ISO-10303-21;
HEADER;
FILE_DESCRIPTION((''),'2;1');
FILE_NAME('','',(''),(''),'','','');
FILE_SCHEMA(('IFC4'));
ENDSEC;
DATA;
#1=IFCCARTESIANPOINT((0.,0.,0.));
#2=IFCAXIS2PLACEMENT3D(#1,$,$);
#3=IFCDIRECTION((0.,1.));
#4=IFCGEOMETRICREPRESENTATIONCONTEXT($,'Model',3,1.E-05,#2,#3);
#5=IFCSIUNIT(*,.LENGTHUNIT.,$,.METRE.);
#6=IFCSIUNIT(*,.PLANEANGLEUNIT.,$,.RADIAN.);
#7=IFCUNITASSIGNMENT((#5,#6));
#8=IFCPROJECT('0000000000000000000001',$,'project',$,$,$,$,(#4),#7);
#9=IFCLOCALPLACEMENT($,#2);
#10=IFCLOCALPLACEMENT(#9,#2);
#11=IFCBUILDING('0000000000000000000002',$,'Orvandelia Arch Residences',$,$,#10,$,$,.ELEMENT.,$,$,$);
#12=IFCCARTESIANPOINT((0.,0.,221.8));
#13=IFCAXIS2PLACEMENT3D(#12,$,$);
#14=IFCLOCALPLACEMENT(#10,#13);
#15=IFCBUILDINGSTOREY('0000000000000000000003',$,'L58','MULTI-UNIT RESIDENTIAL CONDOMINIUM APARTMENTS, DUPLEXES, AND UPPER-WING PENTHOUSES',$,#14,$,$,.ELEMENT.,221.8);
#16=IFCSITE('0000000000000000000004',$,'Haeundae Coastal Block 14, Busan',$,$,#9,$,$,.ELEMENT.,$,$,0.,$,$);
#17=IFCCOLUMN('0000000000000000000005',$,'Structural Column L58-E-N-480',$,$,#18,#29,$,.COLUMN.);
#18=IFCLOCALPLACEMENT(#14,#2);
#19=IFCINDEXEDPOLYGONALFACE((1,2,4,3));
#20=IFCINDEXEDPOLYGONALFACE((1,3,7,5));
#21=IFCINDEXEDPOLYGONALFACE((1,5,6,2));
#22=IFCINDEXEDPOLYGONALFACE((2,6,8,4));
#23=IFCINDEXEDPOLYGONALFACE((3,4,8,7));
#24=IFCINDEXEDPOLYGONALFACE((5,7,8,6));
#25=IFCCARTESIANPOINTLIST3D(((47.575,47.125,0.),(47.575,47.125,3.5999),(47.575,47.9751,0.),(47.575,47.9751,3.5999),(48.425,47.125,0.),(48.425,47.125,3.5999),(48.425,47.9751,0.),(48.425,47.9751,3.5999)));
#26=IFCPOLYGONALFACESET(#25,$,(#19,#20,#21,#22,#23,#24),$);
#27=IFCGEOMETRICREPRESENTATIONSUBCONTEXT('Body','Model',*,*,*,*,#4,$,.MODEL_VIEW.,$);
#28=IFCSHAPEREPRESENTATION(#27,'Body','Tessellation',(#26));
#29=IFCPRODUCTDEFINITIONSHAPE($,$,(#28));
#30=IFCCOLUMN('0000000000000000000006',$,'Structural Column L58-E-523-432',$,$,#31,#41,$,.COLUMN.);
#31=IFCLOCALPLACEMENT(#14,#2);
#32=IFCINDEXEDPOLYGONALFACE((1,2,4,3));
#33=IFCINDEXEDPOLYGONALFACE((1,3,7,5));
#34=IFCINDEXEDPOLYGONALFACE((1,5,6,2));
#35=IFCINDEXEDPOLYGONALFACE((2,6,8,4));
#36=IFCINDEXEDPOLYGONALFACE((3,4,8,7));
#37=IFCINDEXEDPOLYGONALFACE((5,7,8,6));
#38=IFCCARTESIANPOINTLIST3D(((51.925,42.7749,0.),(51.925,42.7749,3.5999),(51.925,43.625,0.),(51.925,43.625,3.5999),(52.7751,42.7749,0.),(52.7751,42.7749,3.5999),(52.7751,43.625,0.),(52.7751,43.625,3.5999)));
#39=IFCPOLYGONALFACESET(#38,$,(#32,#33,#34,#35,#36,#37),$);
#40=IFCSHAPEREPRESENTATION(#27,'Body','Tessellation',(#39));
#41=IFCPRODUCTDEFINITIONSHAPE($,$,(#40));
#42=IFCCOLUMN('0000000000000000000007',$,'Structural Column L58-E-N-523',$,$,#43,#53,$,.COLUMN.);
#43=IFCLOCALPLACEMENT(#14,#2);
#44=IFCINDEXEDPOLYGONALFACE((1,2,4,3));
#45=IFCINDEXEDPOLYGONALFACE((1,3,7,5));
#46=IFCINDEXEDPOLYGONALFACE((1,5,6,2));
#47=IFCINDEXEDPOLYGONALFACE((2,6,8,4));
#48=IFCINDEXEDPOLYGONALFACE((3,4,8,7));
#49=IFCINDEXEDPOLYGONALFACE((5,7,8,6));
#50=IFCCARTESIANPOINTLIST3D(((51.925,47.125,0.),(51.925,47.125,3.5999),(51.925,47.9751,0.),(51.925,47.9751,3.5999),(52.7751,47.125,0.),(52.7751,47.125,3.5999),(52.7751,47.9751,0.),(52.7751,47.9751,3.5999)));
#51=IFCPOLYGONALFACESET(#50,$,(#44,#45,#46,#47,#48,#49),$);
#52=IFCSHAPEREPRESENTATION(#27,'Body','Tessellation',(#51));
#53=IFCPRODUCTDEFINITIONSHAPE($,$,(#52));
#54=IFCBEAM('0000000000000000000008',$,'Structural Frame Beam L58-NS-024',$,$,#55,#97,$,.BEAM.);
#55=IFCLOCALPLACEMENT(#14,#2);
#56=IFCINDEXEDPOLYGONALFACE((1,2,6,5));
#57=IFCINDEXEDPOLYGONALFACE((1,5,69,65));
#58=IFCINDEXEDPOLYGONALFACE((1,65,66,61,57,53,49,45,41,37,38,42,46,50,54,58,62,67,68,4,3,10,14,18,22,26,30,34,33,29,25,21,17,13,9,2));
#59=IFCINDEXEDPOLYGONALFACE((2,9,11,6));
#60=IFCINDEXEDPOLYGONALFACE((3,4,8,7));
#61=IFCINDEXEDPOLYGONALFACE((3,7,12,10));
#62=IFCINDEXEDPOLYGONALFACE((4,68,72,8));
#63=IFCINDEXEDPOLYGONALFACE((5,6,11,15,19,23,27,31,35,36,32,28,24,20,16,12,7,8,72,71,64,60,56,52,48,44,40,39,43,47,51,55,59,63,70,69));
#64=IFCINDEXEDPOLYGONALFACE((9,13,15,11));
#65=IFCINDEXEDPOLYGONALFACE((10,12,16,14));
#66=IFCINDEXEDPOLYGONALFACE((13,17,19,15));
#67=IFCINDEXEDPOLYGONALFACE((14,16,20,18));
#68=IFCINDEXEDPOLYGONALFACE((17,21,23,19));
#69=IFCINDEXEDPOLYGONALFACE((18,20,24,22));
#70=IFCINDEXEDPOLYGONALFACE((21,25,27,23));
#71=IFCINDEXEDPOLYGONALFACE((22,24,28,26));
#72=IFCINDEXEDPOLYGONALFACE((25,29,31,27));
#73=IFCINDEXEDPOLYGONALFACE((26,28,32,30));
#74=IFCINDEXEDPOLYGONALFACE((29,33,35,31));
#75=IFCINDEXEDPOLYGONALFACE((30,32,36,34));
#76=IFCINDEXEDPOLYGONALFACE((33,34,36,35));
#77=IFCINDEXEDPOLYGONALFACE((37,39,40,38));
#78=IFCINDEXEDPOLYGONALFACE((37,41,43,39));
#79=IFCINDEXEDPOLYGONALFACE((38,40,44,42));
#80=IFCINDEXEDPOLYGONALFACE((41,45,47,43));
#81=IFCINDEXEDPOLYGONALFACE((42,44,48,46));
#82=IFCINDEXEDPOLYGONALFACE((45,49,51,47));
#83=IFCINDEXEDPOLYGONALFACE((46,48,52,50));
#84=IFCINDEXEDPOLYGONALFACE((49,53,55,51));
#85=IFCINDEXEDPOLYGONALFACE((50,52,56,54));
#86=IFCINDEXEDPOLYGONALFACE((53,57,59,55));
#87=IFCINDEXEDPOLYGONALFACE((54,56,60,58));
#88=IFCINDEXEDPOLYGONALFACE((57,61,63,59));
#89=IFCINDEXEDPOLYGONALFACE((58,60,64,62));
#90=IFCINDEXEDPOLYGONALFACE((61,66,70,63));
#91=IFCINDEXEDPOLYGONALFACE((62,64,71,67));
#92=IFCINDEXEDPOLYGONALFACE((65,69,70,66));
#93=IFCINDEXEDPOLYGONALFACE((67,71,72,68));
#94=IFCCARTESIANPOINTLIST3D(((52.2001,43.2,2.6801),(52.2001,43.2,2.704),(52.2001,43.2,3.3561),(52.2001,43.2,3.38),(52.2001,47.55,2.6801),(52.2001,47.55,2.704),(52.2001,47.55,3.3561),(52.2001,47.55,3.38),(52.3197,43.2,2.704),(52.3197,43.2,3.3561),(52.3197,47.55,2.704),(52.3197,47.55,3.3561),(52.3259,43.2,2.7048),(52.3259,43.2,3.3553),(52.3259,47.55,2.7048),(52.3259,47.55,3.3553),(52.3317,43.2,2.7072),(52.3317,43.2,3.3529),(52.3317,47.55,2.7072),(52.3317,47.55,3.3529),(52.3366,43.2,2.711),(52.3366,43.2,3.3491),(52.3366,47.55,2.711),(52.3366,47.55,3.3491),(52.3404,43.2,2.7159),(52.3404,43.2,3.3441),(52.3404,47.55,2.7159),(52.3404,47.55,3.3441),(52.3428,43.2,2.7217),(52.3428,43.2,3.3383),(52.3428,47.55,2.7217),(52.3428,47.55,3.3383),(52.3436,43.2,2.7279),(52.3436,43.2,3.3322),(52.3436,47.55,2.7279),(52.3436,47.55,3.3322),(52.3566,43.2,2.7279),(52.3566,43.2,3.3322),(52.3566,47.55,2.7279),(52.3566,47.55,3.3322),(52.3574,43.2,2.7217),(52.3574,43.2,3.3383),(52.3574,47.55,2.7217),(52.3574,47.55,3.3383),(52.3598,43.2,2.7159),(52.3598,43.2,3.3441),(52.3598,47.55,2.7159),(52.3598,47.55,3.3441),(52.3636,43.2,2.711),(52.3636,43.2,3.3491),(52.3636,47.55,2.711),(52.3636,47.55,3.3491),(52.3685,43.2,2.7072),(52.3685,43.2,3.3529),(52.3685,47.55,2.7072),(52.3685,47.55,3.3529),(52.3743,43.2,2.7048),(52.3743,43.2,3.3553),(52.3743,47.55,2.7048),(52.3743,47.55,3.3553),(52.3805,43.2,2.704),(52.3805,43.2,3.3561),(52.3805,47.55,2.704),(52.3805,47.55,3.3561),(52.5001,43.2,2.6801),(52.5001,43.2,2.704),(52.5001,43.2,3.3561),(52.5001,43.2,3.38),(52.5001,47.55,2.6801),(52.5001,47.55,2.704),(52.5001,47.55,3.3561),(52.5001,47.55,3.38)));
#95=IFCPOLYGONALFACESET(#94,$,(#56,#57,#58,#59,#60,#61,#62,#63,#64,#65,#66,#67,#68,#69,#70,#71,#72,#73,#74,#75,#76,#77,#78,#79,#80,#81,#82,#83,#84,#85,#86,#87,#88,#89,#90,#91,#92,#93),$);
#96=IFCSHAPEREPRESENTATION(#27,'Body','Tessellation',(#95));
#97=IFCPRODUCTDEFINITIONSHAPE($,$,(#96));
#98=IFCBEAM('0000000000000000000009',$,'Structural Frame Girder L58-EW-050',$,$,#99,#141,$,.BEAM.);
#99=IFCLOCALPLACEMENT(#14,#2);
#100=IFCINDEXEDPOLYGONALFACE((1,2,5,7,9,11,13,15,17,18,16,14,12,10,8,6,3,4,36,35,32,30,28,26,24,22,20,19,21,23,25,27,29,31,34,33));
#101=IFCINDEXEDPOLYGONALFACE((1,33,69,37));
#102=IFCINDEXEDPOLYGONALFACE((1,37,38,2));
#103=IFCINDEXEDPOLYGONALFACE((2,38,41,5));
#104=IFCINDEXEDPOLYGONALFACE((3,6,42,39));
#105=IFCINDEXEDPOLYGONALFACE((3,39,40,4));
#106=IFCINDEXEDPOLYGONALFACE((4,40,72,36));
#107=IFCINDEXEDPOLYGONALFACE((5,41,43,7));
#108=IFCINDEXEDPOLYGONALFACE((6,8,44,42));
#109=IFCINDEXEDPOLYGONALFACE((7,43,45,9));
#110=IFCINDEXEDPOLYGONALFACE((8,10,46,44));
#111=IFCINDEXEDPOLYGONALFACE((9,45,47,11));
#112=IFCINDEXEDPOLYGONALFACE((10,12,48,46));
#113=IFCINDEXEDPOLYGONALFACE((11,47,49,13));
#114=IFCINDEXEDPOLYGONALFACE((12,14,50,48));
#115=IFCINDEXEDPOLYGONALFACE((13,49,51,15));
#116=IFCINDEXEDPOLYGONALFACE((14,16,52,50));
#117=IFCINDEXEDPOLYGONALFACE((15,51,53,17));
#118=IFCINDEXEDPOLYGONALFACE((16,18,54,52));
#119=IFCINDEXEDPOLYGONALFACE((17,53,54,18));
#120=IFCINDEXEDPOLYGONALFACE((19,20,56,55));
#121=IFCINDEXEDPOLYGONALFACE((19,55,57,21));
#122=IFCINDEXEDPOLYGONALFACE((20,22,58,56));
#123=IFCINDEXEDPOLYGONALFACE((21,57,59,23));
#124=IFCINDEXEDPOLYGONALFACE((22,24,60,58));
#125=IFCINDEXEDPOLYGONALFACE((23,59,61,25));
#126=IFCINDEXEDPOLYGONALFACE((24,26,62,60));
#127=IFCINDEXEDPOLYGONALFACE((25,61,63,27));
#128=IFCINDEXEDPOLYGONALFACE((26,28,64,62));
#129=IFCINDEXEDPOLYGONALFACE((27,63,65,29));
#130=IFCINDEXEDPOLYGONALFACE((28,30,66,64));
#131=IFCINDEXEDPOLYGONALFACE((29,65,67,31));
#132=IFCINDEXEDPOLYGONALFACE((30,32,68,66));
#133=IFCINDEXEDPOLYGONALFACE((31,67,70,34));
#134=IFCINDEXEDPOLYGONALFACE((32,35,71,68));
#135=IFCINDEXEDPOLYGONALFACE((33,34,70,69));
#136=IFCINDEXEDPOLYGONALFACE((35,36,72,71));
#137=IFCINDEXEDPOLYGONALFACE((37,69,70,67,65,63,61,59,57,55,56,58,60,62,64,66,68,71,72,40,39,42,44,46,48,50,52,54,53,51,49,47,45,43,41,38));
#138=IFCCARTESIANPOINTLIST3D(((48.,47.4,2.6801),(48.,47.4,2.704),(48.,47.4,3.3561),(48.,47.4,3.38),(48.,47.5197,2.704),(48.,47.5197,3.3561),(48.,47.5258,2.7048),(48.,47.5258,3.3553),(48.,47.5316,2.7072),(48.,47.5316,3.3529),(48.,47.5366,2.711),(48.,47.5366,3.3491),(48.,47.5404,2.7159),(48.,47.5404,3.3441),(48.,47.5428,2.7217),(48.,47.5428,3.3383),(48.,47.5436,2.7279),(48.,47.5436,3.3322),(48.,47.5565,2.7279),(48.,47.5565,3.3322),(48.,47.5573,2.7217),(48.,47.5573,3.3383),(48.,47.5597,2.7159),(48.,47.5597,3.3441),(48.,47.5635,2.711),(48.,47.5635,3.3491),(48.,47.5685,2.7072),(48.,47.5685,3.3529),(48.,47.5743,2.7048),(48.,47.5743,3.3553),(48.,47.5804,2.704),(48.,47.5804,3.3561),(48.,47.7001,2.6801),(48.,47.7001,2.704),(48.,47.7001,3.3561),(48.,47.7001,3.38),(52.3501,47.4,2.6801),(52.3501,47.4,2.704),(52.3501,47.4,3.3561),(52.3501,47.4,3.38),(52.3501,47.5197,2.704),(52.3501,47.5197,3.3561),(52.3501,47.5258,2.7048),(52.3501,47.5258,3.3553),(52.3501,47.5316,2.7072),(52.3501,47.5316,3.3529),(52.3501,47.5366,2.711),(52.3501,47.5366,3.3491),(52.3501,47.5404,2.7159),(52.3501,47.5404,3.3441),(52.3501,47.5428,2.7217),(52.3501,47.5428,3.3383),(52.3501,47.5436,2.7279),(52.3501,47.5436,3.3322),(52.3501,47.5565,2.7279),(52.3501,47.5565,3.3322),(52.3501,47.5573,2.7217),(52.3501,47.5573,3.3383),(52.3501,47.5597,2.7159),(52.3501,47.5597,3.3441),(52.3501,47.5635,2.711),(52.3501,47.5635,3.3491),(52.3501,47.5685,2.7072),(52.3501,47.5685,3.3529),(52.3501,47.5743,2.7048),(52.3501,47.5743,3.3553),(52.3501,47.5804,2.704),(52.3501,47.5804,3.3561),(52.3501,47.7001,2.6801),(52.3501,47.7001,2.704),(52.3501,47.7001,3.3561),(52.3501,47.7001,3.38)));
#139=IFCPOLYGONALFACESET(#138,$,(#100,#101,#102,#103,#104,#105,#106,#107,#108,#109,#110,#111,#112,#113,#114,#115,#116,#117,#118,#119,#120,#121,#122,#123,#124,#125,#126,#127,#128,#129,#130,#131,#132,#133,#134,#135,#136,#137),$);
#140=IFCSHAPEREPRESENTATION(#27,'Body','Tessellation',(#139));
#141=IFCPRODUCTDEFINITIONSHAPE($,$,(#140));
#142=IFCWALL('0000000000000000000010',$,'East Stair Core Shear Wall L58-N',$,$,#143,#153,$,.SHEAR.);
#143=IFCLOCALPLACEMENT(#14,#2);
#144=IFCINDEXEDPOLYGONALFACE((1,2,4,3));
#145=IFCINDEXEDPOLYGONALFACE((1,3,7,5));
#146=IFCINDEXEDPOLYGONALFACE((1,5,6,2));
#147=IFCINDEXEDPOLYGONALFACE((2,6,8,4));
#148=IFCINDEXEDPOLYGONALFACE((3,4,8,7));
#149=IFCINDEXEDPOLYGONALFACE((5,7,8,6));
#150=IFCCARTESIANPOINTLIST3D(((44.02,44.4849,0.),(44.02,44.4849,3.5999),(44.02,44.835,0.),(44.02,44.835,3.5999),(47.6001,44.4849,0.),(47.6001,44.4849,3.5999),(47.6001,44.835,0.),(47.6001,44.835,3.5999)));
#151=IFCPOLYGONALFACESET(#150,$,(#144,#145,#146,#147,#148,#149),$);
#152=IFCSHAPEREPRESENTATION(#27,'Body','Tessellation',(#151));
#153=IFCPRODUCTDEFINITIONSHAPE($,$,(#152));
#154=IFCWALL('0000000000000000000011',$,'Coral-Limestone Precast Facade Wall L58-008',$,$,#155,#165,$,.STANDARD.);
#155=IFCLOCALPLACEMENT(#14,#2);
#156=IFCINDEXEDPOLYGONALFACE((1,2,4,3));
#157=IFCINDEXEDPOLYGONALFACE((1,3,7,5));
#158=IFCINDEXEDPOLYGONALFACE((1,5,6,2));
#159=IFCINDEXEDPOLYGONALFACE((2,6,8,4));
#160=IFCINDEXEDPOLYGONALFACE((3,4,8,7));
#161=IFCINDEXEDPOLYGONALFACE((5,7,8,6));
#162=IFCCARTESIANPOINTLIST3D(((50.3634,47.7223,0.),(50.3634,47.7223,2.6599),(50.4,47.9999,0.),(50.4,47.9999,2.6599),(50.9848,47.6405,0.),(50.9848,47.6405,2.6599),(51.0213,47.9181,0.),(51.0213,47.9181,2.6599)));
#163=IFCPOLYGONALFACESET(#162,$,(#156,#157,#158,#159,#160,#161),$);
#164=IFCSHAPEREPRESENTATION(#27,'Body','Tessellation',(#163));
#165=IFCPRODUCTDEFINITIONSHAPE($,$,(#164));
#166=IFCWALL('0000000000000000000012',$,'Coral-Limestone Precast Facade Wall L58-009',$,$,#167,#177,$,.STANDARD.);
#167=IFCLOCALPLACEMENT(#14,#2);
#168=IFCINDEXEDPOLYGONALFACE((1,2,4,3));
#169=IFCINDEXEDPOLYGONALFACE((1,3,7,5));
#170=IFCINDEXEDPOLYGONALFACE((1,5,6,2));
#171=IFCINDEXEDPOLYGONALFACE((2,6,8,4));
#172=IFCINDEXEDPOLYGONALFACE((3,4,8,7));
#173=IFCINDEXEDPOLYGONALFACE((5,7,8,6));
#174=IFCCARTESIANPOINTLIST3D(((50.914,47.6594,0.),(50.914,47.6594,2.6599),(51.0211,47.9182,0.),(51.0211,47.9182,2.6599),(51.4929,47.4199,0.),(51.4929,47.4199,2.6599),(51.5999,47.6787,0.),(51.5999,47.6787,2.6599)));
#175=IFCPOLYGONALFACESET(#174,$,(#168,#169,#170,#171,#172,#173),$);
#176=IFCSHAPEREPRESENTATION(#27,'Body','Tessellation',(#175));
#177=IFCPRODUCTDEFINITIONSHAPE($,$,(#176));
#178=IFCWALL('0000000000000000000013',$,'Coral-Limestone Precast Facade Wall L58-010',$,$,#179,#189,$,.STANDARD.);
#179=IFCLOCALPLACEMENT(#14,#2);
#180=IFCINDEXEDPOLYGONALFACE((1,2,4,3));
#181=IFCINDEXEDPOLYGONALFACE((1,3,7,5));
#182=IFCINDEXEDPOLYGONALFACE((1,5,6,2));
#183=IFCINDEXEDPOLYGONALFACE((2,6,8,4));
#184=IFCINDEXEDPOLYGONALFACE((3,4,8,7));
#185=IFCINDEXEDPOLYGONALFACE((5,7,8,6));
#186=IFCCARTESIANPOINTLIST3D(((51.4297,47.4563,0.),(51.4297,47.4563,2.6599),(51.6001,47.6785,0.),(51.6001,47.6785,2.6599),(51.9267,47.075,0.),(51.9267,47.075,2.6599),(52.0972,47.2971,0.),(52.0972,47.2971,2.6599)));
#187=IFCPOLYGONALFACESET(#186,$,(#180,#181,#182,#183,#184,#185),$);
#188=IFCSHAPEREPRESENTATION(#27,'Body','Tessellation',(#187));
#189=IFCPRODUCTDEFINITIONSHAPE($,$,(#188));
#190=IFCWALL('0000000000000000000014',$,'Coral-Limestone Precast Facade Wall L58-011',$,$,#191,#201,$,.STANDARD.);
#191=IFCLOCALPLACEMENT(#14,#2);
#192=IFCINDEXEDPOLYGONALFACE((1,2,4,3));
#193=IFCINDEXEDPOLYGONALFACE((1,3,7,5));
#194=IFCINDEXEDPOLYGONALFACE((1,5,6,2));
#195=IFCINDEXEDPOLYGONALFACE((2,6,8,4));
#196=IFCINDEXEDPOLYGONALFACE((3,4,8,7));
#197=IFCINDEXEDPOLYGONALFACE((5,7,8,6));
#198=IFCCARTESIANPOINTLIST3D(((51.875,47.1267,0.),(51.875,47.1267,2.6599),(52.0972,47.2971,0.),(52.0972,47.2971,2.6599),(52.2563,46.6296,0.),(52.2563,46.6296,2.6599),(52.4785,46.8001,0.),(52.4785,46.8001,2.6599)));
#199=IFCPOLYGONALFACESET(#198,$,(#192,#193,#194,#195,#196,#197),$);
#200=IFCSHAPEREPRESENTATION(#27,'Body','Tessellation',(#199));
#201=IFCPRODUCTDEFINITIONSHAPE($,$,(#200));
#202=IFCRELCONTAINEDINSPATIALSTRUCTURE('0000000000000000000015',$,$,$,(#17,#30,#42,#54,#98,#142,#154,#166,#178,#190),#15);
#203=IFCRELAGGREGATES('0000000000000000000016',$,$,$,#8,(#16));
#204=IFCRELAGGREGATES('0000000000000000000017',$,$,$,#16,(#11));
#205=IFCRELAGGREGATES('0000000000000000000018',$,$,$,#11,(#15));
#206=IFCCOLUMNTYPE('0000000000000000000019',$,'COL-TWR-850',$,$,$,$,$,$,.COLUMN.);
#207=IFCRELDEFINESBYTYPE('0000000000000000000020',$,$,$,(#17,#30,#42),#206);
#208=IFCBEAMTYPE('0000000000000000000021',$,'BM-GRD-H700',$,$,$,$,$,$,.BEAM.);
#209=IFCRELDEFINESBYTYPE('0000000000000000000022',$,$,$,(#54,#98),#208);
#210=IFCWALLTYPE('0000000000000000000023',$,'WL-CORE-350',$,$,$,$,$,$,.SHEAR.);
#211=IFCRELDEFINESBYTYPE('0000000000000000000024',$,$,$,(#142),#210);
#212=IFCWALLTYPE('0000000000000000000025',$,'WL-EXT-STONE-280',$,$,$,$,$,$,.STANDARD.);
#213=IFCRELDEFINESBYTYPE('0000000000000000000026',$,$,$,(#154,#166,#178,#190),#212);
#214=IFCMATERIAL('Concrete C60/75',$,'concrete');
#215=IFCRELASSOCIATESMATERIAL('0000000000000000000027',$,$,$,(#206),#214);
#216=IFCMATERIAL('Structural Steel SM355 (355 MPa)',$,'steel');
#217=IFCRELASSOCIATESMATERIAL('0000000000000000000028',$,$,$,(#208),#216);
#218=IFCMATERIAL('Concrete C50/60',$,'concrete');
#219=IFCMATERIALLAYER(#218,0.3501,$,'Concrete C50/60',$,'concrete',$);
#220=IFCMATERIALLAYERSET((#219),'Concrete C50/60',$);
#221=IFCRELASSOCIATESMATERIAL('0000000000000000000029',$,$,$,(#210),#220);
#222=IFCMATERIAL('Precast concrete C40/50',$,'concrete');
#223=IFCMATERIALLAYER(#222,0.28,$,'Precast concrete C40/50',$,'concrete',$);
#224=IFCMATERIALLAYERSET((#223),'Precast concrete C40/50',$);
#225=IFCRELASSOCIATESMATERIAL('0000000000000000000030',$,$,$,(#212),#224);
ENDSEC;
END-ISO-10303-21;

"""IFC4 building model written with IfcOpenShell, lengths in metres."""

from ifc_helpers import new_model, si_unit, direction, frame, frame_2d, origin, origin_2d, place, context, subcontext, project, spatial, rectangle, i_section, extrude, material, layer, layer_set, material_profile, profile_set, type_object, element, save


model = new_model("IFC4")

# Units and contexts
model_context = context("Model", 3, precision=1e-05, world=origin(), true_north=direction((0.0, 1.0)))
body_context = subcontext(model_context, "Body", "Model", "MODEL_VIEW")
ifc_project = project(units=[si_unit("LENGTHUNIT", "METRE"), si_unit("PLANEANGLEUNIT", "RADIAN")], contexts=[model_context])

# Site, building, storey
site_placement = place(None, origin())
site = spatial("IfcSite", under=ifc_project, at=site_placement, Name="Haeundae Coastal Block 14, Busan", CompositionType="ELEMENT", RefElevation=0.0)
building_placement = place(site_placement, origin())
building = spatial("IfcBuilding", under=site, at=building_placement, Name="Orvandelia Arch Residences", CompositionType="ELEMENT")
storey_placement = place(building_placement, frame((0.0, 0.0, 221.8)))
storey = spatial("IfcBuildingStorey", under=building, at=storey_placement, Name="L58", Description="MULTI-UNIT RESIDENTIAL CONDOMINIUM APARTMENTS, DUPLEXES, AND UPPER-WING PENTHOUSES", CompositionType="ELEMENT", Elevation=221.8)

# Columns
ifc_material_1 = material(Name="Concrete C60/75", Category="concrete")
ifc_material_profile_1 = material_profile(ifc_material_1, rectangle(XDim=0.8501, YDim=0.8501, at=origin_2d()), Name="Concrete C60/75", Category="concrete")
ifc_profile_set_1 = profile_set([ifc_material_profile_1], Name="Concrete C60/75")
column_type = type_object("IfcColumnType", Name="COL-TWR-850", PredefinedType="COLUMN", material=ifc_profile_set_1)
for number, where, z_axis, x_axis, name in (
    (1, (48.0, 47.55, 0.0), (0.0, 0.0, 1.0), (1.0, 0.0, 0.0), "Structural Column L58-E-N-480"),
    (2, (52.3501, 43.2, 0.0), (0.0, 0.0, 1.0), (1.0, 0.0, 0.0), "Structural Column L58-E-523-432"),
    (3, (52.3501, 47.55, 0.0), (0.0, 0.0, 1.0), (1.0, 0.0, 0.0), "Structural Column L58-E-N-523"),
):
    element("IfcColumn", number, at=place(storey_placement, frame(where, z_axis=z_axis, x_axis=x_axis)), inside=storey, type_object=column_type, Name=name, PredefinedType="COLUMN", context=body_context, shape_type="SweptSolid", body=[
        extrude(rectangle(XDim=0.8501, YDim=0.8501, at=origin_2d()), origin(), (0.0, 0.0, 1.0), 3.5999),
    ])

# Beams
ifc_material_2 = material(Name="Structural Steel SM355 (355 MPa)", Category="steel")
ifc_material_profile_2 = material_profile(ifc_material_2, i_section(OverallWidth=0.3, OverallDepth=0.7, WebThickness=0.0129, FlangeThickness=0.0239, FilletRadius=0.0239, at=origin_2d()), Name="Structural Steel SM355 (355 MPa)", Category="steel")
ifc_profile_set_2 = profile_set([ifc_material_profile_2], Name="Structural Steel SM355 (355 MPa)")
beam_type = type_object("IfcBeamType", Name="BM-GRD-H700", PredefinedType="BEAM", material=ifc_profile_set_2)
for number, where, z_axis, x_axis, name in (
    (4, (52.3501, 43.2, 3.03), (0.0, 1.0, 0.0), (-1.0, 0.0, 0.0), "Structural Frame Beam L58-NS-024"),
    (5, (48.0, 47.55, 3.03), (1.0, 0.0, 0.0), (0.0, 1.0, 0.0), "Structural Frame Girder L58-EW-050"),
):
    element("IfcBeam", number, at=place(storey_placement, frame(where, z_axis=z_axis, x_axis=x_axis)), inside=storey, type_object=beam_type, Name=name, PredefinedType="BEAM", context=body_context, shape_type="SweptSolid", body=[
        extrude(i_section(OverallWidth=0.3, OverallDepth=0.7, WebThickness=0.0129, FlangeThickness=0.0239, FilletRadius=0.0239, at=origin_2d()), origin(), (0.0, 0.0, 1.0), 4.3501),
    ])

# Walls
ifc_material_3 = material(Name="Concrete C50/60", Category="concrete")
ifc_layer_1 = layer(ifc_material_3, 0.3501, Name="Concrete C50/60", Category="concrete")
ifc_layer_set_1 = layer_set([ifc_layer_1], Name="Concrete C50/60")
wall_type_1 = type_object("IfcWallType", Name="WL-CORE-350", PredefinedType="SHEAR", material=ifc_layer_set_1)
wall_1_placement = place(storey_placement, frame((44.02, 44.6599, 0.0), z_axis=(0.0, 0.0, 1.0), x_axis=(1.0, 0.0, 0.0)))
element("IfcWall", 6, at=wall_1_placement, inside=storey, type_object=wall_type_1, Name="East Stair Core Shear Wall L58-N", PredefinedType="SHEAR", context=body_context, shape_type="SweptSolid", body=[
    extrude(rectangle(XDim=3.5801, YDim=0.3501, at=frame_2d((1.79, 0.0))), origin(), (0.0, 0.0, 1.0), 3.5999),
])
ifc_material_4 = material(Name="Precast concrete C40/50", Category="concrete")
ifc_layer_2 = layer(ifc_material_4, 0.28, Name="Precast concrete C40/50", Category="concrete")
ifc_layer_set_2 = layer_set([ifc_layer_2], Name="Precast concrete C40/50")
wall_type_2 = type_object("IfcWallType", Name="WL-EXT-STONE-280", PredefinedType="STANDARD", material=ifc_layer_set_2)
wall_2_placement = place(storey_placement, frame((50.3816, 47.8611, 0.0), z_axis=(0.0, 0.0, 1.0), x_axis=(0.991448, -0.130505, 0.0)))
element("IfcWall", 7, at=wall_2_placement, inside=storey, type_object=wall_type_2, Name="Coral-Limestone Precast Facade Wall L58-008", PredefinedType="STANDARD", context=body_context, shape_type="SweptSolid", body=[
    extrude(rectangle(XDim=0.6267, YDim=0.28, at=frame_2d((0.3135, 0.0))), origin(), (0.0, 0.0, 1.0), 2.6599),
])
for number, where, z_axis, x_axis, name in (
    (8, (50.9675, 47.7888, 0.0), (0.0, 0.0, 1.0), (0.924031, -0.382317, 0.0), "Coral-Limestone Precast Facade Wall L58-009"),
    (9, (51.5149, 47.5674, 0.0), (0.0, 0.0, 1.0), (0.793406, -0.608693, 0.0), "Coral-Limestone Precast Facade Wall L58-010"),
    (10, (51.9861, 47.2119, 0.0), (0.0, 0.0, 1.0), (0.608693, -0.793406, 0.0), "Coral-Limestone Precast Facade Wall L58-011"),
):
    element("IfcWall", number, at=place(storey_placement, frame(where, z_axis=z_axis, x_axis=x_axis)), inside=storey, type_object=wall_type_2, Name=name, PredefinedType="STANDARD", context=body_context, shape_type="SweptSolid", body=[
        extrude(rectangle(XDim=0.6265, YDim=0.28, at=frame_2d((0.3132, 0.0))), origin(), (0.0, 0.0, 1.0), 2.6599),
    ])

save(model, "model.ifc")
